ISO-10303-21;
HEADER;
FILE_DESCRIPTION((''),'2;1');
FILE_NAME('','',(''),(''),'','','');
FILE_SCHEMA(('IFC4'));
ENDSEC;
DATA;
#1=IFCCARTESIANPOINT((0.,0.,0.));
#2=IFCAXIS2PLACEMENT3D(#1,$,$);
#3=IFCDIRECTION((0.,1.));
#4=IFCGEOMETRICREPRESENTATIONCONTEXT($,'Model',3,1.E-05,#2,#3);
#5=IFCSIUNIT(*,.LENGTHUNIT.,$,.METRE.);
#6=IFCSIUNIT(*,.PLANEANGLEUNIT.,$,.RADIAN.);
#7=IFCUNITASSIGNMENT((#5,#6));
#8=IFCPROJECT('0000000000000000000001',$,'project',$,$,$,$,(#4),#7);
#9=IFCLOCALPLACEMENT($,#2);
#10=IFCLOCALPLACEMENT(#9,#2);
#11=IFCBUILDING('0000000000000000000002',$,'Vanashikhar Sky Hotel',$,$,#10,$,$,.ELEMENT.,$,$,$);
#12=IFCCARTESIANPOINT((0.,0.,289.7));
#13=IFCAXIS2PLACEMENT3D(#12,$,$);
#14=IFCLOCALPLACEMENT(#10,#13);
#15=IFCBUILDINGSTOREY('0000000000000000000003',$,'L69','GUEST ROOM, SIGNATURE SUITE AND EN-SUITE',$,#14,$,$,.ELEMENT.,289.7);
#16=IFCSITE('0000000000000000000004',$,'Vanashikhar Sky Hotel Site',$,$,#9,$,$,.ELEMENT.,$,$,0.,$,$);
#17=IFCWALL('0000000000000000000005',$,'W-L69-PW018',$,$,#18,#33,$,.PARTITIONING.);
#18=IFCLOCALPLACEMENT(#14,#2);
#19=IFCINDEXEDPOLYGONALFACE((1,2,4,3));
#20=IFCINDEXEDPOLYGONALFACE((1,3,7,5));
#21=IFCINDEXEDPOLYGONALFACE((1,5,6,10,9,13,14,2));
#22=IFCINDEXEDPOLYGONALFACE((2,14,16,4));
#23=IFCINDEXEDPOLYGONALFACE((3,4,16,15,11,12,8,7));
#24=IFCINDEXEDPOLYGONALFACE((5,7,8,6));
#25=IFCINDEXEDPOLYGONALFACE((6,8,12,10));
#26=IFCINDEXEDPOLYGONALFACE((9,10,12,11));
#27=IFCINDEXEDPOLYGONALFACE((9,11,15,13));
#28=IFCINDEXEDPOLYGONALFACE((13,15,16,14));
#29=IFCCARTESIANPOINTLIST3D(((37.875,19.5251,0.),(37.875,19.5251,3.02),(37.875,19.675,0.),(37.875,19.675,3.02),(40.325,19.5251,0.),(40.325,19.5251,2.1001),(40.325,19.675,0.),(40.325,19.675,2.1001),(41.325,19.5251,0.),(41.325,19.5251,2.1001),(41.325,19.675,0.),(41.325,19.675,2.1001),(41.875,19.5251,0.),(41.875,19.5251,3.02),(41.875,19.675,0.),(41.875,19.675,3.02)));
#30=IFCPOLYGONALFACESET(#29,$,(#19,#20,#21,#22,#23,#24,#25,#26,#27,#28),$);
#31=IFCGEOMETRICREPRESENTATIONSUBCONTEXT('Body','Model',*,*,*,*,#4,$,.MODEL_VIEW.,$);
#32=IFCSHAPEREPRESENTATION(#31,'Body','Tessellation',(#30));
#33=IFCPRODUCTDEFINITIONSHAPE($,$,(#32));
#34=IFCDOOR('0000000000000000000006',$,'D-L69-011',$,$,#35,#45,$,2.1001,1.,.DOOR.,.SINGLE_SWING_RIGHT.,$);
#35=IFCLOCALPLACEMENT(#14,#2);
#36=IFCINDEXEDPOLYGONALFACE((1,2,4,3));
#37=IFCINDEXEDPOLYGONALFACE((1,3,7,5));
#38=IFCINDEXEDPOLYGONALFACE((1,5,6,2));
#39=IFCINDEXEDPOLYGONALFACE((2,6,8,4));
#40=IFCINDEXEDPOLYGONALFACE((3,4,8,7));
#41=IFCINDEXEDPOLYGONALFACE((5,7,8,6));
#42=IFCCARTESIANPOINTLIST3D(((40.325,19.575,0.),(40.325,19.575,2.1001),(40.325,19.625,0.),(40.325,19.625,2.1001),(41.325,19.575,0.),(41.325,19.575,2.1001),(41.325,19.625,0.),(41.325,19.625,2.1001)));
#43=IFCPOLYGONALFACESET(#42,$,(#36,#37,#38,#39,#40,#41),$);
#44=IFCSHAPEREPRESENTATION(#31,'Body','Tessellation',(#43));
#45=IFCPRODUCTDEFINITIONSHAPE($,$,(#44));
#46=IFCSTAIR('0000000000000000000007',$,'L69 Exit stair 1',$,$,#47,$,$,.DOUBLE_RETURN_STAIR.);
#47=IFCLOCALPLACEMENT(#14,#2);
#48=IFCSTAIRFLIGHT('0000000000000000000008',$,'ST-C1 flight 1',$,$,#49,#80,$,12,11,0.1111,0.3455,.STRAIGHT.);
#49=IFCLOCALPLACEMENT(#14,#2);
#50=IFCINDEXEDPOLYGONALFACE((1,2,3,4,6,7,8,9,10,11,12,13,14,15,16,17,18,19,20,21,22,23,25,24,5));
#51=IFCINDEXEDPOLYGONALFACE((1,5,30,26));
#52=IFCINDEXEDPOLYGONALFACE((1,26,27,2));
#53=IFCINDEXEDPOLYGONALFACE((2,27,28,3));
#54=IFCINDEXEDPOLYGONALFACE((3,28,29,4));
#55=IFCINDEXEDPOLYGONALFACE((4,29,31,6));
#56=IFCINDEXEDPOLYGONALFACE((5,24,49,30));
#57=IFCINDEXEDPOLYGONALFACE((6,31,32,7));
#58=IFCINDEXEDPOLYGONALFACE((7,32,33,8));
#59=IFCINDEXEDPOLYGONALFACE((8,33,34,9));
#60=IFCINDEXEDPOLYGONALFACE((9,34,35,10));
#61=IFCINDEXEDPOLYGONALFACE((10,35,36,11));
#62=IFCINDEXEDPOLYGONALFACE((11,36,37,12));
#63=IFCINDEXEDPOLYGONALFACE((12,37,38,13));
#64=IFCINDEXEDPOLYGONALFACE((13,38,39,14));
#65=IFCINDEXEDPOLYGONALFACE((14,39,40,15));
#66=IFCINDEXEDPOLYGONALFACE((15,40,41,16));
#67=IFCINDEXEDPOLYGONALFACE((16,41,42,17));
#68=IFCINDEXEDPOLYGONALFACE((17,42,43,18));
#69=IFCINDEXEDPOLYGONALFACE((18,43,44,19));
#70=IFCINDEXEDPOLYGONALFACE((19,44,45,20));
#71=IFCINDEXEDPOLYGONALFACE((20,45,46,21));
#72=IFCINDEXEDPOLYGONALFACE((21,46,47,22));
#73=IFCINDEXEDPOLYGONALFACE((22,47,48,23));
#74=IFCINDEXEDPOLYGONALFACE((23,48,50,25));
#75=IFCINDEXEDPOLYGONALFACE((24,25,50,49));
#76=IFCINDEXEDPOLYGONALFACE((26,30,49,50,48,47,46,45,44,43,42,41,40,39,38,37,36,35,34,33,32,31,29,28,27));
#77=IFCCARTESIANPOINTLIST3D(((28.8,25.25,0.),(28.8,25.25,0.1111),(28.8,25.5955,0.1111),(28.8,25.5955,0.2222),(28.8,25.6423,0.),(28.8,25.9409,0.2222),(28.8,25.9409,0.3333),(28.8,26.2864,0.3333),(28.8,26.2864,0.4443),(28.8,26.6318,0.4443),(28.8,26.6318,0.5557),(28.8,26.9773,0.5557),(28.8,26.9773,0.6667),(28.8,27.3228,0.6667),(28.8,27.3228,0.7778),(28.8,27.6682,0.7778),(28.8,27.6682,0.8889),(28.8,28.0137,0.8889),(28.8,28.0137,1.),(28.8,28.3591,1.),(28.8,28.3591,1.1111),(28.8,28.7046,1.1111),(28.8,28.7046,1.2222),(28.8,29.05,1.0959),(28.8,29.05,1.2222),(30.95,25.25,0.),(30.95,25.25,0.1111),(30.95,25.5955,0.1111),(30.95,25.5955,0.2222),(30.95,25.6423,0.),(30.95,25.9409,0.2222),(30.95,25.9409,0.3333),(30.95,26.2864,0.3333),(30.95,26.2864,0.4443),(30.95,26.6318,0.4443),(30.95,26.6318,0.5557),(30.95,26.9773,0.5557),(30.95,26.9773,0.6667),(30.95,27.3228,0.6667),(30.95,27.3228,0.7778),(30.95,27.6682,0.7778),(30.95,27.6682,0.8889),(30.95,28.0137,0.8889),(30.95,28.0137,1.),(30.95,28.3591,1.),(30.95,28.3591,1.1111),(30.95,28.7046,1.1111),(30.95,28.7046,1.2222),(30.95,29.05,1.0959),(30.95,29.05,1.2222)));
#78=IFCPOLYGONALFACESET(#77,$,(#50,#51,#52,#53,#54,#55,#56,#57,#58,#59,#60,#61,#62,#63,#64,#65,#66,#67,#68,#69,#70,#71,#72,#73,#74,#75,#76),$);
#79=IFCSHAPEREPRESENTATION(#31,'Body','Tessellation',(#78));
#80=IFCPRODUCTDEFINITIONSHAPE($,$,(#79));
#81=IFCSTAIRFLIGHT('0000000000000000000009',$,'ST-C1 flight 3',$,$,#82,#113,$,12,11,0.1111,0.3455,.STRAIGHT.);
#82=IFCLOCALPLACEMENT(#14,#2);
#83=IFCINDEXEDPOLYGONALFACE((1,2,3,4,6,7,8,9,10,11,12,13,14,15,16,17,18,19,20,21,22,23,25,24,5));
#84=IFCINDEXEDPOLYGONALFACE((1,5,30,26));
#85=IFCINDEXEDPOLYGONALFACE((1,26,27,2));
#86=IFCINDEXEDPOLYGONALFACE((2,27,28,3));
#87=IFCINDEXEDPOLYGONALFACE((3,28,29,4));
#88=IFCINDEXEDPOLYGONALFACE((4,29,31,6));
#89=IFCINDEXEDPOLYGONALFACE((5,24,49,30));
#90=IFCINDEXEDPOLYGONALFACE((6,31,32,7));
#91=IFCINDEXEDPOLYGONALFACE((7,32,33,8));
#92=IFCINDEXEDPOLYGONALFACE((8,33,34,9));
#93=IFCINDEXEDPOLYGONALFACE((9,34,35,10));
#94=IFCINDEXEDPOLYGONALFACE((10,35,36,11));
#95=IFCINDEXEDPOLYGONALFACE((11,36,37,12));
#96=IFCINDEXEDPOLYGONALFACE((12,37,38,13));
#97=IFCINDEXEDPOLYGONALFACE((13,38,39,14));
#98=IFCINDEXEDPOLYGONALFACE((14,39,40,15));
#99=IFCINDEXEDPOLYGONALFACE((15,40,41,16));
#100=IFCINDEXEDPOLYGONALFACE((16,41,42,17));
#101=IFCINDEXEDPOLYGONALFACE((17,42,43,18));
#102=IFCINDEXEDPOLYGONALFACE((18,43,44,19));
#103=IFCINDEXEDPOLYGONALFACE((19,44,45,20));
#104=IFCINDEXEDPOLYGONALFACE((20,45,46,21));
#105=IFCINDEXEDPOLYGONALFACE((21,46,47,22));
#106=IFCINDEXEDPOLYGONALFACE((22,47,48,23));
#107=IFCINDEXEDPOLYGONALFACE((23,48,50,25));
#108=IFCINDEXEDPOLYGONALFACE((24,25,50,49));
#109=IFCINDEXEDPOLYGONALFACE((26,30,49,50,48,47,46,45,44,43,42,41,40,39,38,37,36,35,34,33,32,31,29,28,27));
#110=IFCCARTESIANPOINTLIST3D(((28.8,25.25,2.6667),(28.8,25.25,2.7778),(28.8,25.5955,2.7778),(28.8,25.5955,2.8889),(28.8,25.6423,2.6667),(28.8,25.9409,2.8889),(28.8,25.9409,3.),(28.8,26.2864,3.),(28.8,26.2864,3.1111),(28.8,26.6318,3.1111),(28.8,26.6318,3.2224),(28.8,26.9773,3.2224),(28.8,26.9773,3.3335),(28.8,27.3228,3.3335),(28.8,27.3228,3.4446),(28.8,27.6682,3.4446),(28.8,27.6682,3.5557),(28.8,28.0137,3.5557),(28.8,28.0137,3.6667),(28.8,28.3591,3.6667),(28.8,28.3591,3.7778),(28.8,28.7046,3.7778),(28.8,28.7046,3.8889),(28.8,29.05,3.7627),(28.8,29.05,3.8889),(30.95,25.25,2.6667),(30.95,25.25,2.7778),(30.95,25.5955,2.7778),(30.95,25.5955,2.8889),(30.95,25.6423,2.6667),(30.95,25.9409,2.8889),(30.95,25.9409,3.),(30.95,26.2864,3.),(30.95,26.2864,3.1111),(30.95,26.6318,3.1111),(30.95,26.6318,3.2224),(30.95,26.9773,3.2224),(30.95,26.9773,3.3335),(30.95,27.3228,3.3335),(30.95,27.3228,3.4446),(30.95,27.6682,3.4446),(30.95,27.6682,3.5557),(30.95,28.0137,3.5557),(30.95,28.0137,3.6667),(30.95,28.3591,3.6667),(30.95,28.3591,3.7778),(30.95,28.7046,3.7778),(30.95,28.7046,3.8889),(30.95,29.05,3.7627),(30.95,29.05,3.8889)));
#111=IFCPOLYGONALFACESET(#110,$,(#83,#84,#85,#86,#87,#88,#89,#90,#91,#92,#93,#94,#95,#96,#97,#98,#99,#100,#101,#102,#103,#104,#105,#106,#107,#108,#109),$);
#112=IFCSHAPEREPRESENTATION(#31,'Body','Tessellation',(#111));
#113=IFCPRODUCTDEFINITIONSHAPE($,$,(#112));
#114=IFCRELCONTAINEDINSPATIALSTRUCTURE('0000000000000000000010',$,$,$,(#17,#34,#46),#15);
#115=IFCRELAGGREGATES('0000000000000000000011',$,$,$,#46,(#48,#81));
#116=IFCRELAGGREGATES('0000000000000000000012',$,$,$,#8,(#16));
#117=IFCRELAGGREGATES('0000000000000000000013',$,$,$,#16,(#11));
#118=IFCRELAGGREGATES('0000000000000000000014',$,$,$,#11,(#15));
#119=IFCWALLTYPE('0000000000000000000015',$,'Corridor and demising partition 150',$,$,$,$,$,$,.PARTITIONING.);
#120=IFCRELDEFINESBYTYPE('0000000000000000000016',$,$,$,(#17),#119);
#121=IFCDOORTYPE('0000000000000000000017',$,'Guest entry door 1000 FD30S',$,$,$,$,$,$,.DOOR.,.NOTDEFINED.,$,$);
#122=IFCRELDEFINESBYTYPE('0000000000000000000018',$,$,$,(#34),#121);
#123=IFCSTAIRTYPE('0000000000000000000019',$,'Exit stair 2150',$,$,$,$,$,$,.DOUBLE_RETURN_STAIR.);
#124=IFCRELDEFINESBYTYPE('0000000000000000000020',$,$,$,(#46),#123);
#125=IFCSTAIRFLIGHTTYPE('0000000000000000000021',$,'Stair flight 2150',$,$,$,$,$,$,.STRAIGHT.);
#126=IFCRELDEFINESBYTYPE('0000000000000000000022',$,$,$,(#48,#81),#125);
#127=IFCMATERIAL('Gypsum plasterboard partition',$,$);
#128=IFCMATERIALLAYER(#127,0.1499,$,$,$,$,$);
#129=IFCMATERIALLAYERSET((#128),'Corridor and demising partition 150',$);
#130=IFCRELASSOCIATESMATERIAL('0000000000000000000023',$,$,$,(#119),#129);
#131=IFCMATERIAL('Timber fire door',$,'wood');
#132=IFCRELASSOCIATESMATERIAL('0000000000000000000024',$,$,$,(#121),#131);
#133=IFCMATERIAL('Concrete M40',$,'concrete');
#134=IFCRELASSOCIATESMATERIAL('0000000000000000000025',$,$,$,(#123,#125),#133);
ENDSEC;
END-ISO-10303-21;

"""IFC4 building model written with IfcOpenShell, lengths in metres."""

from ifc_helpers import new_model, si_unit, direction, frame, frame_2d, origin, place, context, subcontext, project, spatial, polyline, rectangle, outline, extrude, source, transform, mapped, material, layer, layer_set, type_object, element, fill, aggregate, save


model = new_model("IFC4")

# Units and contexts
model_context = context("Model", 3, precision=1e-05, world=origin(), true_north=direction((0.0, 1.0)))
body_context = subcontext(model_context, "Body", "Model", "MODEL_VIEW")
ifc_project = project(units=[si_unit("LENGTHUNIT", "METRE"), si_unit("PLANEANGLEUNIT", "RADIAN")], contexts=[model_context])

# Site, building, storey
site_placement = place(None, origin())
site = spatial("IfcSite", under=ifc_project, at=site_placement, Name="Vanashikhar Sky Hotel Site", CompositionType="ELEMENT", RefElevation=0.0)
building_placement = place(site_placement, origin())
building = spatial("IfcBuilding", under=site, at=building_placement, Name="Vanashikhar Sky Hotel", CompositionType="ELEMENT")
storey_placement = place(building_placement, frame((0.0, 0.0, 289.7)))
storey = spatial("IfcBuildingStorey", under=building, at=storey_placement, Name="L69", Description="GUEST ROOM, SIGNATURE SUITE AND EN-SUITE", CompositionType="ELEMENT", Elevation=289.7)

# Shared definitions
ifc_material_1 = material(Name="Concrete M40", Category="concrete")

# Wall, opening, door
ifc_material_2 = material(Name="Gypsum plasterboard partition")
ifc_layer_1 = layer(ifc_material_2, 0.1499)
ifc_layer_set_1 = layer_set([ifc_layer_1], Name="Corridor and demising partition 150")
wall_type_1 = type_object("IfcWallType", Name="Corridor and demising partition 150", PredefinedType="PARTITIONING", material=ifc_layer_set_1)
shared_shape_1 = source(origin(), body_context, "Body", "SweptSolid", [
    extrude(rectangle(XDim=1.0, YDim=2.1001, at=frame_2d((0.5, 1.05))), frame((0.0, 0.085, 0.0), z_axis=(0.0, -1.0, 0.0), x_axis=(1.0, 0.0, 0.0)), (0.0, 0.0, 1.0), 0.1699),
])
ifc_material_3 = material(Name="Timber fire door", Category="wood")
door_type_1 = type_object("IfcDoorType", Name="Guest entry door 1000 FD30S", OperationType="NOTDEFINED", PredefinedType="DOOR", material=ifc_material_3)
shared_shape_2 = source(origin(), body_context, "Body", "SweptSolid", [
    extrude(rectangle(XDim=1.0, YDim=2.1001, at=frame_2d((0.5, 1.05))), frame((0.0, 0.0249, 0.0), z_axis=(0.0, -1.0, 0.0), x_axis=(1.0, 0.0, 0.0)), (0.0, 0.0, 1.0), 0.05),
])
shared_shape_3 = source(origin(), body_context, "Body", "SweptSolid", [
    extrude(rectangle(XDim=4.0, YDim=0.1499, at=frame_2d((2.0, 0.0))), origin(), (0.0, 0.0, 1.0), 3.02),
])
wall_1_placement = place(storey_placement, frame((37.875, 19.6001, 0.0), z_axis=(0.0, 0.0, 1.0), x_axis=(1.0, 0.0, 0.0)))
wall_1 = element("IfcWall", 1, at=wall_1_placement, inside=storey, type_object=wall_type_1, Name="W-L69-PW018", PredefinedType="PARTITIONING", context=body_context, shape_type="MappedRepresentation", body=[
    mapped(shared_shape_3, transform((0.0, 0.0, 0.0), scale=1.0)),
])
opening_1_placement = place(wall_1_placement, frame((2.45, 0.0, 0.0)))
opening_1 = element("IfcOpeningElement", 2, at=opening_1_placement, cuts=wall_1, PredefinedType="OPENING", context=body_context, shape_type="MappedRepresentation", body=[
    mapped(shared_shape_1, transform((0.0, 0.0, 0.0), scale=1.0)),
])
door_1_placement = place(opening_1_placement, origin())
door_1 = element("IfcDoor", 3, at=door_1_placement, inside=storey, type_object=door_type_1, Name="D-L69-011", OperationType="SINGLE_SWING_RIGHT", OverallHeight=2.1001, OverallWidth=1.0, PredefinedType="DOOR", context=body_context, shape_type="MappedRepresentation", body=[
    mapped(shared_shape_2, transform((0.0, 0.0, 0.0), scale=1.0)),
])
fill(opening_1, door_1)

# Stair, stair flights
stair_type = type_object("IfcStairType", Name="Exit stair 2150", PredefinedType="DOUBLE_RETURN_STAIR", material=ifc_material_1)
stair_placement = place(storey_placement, origin())
stair = element("IfcStair", 4, at=stair_placement, inside=storey, type_object=stair_type, Name="L69 Exit stair 1", PredefinedType="DOUBLE_RETURN_STAIR")
stair_flight_type = type_object("IfcStairFlightType", Name="Stair flight 2150", PredefinedType="STRAIGHT", material=ifc_material_1)
shared_shape_4 = source(origin(), body_context, "Body", "SweptSolid", [
    extrude(outline(polyline([(0.0, 0.0), (0.0, 0.1111), (0.3455, 0.1111), (0.3455, 0.2222), (0.6909, 0.2222), (0.6909, 0.3333), (1.0364, 0.3333), (1.0364, 0.4443), (1.3818, 0.4443), (1.3818, 0.5557), (1.7273, 0.5557), (1.7273, 0.6667), (2.0728, 0.6667), (2.0728, 0.7778), (2.4182, 0.7778), (2.4182, 0.8889), (2.7637, 0.8889), (2.7637, 1.0), (3.1091, 1.0), (3.1091, 1.1111), (3.4546, 1.1111), (3.4546, 1.2222), (3.8, 1.2222), (3.8, 1.3333), (3.8, 1.0959), (0.3923, 0.0), (0.0, 0.0)])), frame((0.0, 1.075, 0.0), z_axis=(0.0, -1.0, 0.0), x_axis=(1.0, 0.0, 0.0)), (0.0, 0.0, 1.0), 2.1499),
])
stair_flight_1_placement = place(storey_placement, frame((29.875, 25.25, 0.0), z_axis=(0.0, 0.0, 1.0), x_axis=(0.0, 1.0, 0.0)))
stair_flight_1 = element("IfcStairFlight", 5, at=stair_flight_1_placement, type_object=stair_flight_type, Name="ST-C1 flight 1", NumberOfRisers=12, NumberOfTreads=11, PredefinedType="STRAIGHT", RiserHeight=0.1111, TreadLength=0.3455, context=body_context, shape_type="MappedRepresentation", body=[
    mapped(shared_shape_4, transform((0.0, 0.0, 0.0), scale=1.0)),
])
stair_flight_2_placement = place(storey_placement, frame((29.875, 25.25, 2.6667), z_axis=(0.0, 0.0, 1.0), x_axis=(0.0, 1.0, 0.0)))
stair_flight_2 = element("IfcStairFlight", 6, at=stair_flight_2_placement, type_object=stair_flight_type, Name="ST-C1 flight 3", NumberOfRisers=12, NumberOfTreads=11, PredefinedType="STRAIGHT", RiserHeight=0.1111, TreadLength=0.3455, context=body_context, shape_type="MappedRepresentation", body=[
    mapped(shared_shape_4, transform((0.0, 0.0, 0.0), scale=1.0)),
])
aggregate(stair, [stair_flight_1, stair_flight_2])

save(model, "model.ifc")
